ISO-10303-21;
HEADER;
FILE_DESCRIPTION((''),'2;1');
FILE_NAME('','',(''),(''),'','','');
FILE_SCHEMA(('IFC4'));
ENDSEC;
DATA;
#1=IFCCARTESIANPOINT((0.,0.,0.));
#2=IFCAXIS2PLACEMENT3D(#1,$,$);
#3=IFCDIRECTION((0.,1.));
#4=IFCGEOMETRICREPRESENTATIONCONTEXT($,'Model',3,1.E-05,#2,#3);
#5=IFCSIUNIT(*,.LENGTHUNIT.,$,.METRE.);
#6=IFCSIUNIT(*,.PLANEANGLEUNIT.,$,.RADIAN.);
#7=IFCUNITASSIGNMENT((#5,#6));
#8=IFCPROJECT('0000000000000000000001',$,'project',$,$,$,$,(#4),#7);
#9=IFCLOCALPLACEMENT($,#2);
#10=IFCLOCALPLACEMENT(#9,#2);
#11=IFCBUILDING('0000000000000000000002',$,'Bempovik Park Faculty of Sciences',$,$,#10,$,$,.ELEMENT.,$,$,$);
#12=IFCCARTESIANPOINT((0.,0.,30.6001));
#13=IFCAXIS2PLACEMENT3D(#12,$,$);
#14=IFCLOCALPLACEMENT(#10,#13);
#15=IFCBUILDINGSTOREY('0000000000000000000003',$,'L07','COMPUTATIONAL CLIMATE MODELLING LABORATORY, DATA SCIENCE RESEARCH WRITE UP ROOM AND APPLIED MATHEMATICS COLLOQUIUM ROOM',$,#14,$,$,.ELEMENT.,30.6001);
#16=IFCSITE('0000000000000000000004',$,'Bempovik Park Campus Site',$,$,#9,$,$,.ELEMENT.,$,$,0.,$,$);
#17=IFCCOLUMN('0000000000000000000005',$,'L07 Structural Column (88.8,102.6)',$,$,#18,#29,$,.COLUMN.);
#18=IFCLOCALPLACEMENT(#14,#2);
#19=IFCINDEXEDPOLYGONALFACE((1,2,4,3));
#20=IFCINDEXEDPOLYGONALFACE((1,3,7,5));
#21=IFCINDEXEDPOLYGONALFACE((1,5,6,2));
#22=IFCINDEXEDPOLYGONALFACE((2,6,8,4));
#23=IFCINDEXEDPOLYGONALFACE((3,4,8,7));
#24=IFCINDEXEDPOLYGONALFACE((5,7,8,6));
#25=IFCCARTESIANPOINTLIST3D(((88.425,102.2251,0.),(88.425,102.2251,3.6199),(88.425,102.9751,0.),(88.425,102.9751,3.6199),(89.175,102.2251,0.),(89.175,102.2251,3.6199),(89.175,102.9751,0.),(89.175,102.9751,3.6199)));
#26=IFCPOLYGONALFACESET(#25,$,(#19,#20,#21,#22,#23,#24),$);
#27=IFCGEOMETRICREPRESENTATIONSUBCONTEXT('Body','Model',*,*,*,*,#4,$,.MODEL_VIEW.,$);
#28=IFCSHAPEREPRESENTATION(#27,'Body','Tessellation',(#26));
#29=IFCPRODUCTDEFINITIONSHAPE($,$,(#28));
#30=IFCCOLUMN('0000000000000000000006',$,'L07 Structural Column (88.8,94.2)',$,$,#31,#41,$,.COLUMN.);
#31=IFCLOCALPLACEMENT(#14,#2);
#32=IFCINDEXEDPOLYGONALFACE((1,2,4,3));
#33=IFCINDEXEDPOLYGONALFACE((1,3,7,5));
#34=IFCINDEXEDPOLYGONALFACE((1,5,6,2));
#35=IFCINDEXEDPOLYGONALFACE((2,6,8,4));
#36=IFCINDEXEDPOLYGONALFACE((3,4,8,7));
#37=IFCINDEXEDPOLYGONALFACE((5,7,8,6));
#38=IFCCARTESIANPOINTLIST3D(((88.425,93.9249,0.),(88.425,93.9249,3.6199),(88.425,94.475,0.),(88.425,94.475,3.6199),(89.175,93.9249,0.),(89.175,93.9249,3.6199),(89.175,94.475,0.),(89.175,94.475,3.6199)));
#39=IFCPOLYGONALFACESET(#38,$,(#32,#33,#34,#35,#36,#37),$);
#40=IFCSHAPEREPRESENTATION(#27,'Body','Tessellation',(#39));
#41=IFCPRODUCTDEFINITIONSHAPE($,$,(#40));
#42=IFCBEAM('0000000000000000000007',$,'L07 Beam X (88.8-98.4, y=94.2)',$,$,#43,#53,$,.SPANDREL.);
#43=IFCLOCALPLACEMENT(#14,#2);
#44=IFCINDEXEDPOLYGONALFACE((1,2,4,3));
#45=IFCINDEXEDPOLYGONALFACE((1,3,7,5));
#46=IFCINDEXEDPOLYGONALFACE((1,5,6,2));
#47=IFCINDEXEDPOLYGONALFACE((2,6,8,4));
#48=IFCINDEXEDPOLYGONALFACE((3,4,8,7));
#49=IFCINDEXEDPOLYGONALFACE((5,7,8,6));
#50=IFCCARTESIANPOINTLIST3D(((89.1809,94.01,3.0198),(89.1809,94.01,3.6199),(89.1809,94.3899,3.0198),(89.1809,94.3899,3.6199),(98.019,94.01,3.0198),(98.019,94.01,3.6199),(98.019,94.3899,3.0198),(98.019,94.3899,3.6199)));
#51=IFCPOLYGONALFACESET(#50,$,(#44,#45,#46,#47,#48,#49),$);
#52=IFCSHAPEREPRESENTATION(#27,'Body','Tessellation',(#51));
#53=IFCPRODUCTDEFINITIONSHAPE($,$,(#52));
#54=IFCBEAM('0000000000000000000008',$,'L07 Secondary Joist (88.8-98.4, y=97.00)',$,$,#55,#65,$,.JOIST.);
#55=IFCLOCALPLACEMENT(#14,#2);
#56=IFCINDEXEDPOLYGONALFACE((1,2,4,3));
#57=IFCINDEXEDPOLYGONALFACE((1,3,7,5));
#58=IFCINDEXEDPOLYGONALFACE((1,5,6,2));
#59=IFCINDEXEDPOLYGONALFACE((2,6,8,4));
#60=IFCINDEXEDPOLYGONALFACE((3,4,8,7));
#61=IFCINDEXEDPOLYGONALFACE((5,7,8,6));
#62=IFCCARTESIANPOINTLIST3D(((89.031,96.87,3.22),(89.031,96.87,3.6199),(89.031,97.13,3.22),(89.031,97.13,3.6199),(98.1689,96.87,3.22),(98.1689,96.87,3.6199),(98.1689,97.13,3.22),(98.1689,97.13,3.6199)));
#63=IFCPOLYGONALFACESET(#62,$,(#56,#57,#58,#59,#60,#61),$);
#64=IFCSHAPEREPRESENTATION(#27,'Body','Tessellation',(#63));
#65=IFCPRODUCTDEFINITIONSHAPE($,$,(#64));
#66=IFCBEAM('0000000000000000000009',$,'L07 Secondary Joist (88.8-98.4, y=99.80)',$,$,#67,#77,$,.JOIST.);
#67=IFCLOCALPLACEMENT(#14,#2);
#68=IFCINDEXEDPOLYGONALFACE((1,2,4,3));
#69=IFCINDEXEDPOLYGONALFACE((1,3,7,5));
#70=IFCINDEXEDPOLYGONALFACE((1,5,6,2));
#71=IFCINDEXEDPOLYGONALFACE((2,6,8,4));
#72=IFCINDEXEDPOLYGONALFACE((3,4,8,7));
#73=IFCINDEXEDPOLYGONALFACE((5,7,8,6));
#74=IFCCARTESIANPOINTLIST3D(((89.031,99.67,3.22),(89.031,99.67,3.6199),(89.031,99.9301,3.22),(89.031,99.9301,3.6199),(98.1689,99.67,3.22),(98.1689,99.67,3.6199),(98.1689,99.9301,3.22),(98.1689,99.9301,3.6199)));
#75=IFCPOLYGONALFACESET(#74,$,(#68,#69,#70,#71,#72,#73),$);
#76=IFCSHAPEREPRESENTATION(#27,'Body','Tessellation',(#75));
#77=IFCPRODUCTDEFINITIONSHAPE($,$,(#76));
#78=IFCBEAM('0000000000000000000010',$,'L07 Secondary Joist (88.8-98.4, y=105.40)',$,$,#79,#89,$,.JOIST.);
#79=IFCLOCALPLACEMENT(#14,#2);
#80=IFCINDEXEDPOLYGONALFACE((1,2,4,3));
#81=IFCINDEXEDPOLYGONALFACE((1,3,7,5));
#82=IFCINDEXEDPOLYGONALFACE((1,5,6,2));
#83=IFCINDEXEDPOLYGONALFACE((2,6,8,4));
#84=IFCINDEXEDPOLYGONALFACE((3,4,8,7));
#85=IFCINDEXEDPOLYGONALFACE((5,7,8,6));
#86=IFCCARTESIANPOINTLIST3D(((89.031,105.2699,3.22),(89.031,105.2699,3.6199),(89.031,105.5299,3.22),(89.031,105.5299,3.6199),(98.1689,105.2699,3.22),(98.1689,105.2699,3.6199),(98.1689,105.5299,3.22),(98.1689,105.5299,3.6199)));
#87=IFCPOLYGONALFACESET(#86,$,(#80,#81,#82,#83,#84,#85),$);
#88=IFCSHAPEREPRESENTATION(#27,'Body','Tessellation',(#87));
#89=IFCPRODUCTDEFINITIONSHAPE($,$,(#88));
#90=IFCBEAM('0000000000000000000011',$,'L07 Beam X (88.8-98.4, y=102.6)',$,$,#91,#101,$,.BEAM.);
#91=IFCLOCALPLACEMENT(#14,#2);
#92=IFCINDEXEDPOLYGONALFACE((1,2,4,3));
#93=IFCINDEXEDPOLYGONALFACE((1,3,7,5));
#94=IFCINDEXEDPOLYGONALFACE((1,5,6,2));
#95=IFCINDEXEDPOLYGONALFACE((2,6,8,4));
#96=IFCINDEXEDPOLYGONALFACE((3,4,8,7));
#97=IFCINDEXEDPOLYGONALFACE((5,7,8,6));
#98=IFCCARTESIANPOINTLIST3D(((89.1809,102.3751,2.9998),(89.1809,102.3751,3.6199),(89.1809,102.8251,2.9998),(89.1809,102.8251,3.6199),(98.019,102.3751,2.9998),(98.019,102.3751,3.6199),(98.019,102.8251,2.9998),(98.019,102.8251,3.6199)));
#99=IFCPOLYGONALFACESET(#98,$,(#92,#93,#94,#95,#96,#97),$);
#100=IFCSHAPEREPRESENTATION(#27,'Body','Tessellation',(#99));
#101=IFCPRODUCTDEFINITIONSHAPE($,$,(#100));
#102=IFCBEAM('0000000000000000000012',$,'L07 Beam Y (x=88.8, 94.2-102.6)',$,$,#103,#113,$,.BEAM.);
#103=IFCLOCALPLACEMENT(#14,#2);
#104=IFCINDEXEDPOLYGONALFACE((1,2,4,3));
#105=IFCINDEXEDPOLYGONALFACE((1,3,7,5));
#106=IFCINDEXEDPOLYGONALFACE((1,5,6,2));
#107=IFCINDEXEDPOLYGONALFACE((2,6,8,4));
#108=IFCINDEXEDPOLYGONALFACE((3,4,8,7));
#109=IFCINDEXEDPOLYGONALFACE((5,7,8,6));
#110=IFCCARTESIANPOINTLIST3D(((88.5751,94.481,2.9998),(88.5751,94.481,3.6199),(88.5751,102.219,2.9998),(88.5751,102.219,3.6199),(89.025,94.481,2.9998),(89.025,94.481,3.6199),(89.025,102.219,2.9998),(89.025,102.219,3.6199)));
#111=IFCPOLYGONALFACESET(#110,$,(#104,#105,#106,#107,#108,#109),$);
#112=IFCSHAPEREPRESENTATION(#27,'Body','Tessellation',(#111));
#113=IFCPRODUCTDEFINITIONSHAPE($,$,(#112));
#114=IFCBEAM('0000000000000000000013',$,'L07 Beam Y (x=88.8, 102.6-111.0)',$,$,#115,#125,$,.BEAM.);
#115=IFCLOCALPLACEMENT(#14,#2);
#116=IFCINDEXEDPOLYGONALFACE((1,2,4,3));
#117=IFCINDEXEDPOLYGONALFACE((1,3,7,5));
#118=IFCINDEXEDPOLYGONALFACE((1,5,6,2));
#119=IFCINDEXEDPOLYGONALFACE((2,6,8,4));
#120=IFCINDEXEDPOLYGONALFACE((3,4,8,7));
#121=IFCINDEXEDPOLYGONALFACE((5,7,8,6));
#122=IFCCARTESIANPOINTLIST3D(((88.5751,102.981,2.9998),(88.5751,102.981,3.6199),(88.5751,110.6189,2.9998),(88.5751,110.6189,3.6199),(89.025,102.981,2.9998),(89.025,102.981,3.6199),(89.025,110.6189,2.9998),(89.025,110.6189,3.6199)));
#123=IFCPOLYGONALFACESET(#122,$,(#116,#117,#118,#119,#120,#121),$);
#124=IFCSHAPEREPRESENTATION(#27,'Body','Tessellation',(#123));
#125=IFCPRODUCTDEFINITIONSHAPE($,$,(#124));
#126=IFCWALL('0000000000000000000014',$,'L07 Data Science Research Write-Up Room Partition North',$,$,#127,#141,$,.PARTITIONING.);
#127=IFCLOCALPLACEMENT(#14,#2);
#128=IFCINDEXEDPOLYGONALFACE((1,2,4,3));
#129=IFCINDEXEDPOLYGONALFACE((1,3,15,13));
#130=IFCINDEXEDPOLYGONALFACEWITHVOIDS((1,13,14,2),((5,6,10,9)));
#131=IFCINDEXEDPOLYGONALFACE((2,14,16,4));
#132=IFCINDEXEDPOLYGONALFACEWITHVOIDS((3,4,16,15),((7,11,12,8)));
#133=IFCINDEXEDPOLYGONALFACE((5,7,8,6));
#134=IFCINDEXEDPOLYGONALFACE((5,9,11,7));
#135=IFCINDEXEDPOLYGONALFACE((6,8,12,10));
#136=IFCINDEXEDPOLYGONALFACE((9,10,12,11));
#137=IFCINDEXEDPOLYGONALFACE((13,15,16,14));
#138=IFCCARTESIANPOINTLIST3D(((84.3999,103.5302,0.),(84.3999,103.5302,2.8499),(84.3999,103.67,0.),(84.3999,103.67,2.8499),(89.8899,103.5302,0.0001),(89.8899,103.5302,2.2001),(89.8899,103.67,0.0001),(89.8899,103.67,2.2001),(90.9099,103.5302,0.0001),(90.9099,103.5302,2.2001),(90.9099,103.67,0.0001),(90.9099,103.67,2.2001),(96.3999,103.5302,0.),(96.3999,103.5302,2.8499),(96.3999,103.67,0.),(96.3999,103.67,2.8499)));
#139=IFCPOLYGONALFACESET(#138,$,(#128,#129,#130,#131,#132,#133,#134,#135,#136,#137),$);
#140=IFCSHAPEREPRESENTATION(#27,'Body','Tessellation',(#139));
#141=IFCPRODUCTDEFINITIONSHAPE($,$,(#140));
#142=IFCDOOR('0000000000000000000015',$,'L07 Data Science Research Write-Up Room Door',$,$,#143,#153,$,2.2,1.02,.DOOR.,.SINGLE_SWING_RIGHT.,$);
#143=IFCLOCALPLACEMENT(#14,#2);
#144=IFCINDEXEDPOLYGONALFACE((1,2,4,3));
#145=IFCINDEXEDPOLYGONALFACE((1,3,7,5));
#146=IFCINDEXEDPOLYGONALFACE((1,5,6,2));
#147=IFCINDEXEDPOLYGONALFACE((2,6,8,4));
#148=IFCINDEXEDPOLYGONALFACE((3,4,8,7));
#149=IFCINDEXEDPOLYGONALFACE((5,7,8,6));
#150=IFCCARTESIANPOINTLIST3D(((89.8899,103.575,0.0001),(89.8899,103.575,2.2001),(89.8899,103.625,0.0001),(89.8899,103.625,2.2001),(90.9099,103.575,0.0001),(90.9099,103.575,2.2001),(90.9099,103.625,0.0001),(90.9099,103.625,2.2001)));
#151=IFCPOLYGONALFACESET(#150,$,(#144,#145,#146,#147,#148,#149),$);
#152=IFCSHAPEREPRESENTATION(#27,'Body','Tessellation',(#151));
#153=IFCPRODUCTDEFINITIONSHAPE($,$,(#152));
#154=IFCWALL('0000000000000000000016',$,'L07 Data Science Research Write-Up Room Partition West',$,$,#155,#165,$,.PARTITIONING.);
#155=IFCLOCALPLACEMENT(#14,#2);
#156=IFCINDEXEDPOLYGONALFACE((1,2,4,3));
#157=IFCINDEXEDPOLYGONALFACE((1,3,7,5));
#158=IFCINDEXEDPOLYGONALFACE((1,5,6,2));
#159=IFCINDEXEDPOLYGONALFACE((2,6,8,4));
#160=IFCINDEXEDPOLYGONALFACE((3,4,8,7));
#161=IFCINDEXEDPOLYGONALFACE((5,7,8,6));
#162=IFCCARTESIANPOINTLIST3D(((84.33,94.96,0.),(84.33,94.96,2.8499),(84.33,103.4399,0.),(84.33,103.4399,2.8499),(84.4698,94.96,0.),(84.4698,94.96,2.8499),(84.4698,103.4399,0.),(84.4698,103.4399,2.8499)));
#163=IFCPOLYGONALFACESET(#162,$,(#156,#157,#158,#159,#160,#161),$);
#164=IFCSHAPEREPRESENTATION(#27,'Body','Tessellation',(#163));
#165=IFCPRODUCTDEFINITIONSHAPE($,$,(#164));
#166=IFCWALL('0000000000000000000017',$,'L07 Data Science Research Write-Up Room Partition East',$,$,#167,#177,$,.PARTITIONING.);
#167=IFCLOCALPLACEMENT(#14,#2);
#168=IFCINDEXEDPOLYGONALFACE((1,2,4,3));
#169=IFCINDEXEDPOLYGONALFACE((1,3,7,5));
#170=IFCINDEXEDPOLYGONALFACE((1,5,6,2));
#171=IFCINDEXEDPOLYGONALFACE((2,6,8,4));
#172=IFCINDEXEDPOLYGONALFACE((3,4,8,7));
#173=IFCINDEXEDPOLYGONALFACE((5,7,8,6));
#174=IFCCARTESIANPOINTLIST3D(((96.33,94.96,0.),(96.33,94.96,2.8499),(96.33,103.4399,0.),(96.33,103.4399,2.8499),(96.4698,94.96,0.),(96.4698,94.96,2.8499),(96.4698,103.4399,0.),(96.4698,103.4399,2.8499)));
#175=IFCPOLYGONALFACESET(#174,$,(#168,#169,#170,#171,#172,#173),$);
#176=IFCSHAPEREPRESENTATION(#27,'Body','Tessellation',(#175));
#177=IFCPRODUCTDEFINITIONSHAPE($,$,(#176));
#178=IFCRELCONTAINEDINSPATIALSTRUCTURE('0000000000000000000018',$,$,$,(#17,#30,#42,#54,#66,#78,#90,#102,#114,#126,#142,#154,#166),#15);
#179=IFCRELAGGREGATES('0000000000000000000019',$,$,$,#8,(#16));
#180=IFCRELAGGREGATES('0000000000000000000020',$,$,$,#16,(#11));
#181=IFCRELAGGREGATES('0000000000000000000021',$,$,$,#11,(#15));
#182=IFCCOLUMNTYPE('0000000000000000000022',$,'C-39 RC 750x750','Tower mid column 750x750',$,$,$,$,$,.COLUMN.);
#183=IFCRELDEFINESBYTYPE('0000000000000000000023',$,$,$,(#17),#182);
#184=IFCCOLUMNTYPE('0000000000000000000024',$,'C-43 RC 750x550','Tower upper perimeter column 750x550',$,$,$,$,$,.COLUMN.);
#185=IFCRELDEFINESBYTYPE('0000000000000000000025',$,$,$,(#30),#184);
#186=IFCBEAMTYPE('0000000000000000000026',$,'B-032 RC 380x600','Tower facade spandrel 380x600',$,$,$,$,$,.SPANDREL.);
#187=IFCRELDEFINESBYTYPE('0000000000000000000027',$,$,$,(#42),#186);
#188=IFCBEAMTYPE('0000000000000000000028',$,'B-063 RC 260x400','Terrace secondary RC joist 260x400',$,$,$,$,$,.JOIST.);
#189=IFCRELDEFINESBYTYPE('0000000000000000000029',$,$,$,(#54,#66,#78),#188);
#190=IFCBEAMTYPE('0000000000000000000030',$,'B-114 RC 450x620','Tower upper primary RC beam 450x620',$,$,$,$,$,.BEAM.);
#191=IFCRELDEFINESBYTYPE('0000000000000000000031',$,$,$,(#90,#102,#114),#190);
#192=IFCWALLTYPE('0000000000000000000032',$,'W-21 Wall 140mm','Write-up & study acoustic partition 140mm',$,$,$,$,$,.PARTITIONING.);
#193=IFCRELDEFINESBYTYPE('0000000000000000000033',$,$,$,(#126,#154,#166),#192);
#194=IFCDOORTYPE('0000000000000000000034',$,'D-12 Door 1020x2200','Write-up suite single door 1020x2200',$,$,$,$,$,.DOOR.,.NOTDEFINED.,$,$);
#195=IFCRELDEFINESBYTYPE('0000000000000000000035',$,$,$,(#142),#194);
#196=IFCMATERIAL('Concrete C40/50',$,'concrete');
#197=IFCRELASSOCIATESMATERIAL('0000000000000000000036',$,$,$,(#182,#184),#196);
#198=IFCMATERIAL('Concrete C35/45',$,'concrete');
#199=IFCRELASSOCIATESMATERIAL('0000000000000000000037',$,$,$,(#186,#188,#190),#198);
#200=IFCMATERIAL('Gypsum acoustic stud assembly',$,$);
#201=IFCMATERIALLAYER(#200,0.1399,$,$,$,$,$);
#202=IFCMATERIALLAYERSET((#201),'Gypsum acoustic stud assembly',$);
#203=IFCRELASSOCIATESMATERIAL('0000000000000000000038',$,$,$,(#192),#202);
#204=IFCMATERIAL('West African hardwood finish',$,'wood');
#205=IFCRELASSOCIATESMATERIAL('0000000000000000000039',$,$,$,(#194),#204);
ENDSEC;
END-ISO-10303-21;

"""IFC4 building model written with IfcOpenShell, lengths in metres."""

from ifc_helpers import new_model, si_unit, direction, frame, frame_2d, origin, origin_2d, place, context, subcontext, project, spatial, rectangle, extrude, material, layer, layer_set, material_profile, profile_set, type_object, element, fill, save


model = new_model("IFC4")

# Units and contexts
model_context = context("Model", 3, precision=1e-05, world=origin(), true_north=direction((0.0, 1.0)))
body_context = subcontext(model_context, "Body", "Model", "MODEL_VIEW")
ifc_project = project(units=[si_unit("LENGTHUNIT", "METRE"), si_unit("PLANEANGLEUNIT", "RADIAN")], contexts=[model_context])

# Site, building, storey
site_placement = place(None, origin())
site = spatial("IfcSite", under=ifc_project, at=site_placement, Name="Bempovik Park Campus Site", CompositionType="ELEMENT", RefElevation=0.0)
building_placement = place(site_placement, origin())
building = spatial("IfcBuilding", under=site, at=building_placement, Name="Bempovik Park Faculty of Sciences", CompositionType="ELEMENT")
storey_placement = place(building_placement, frame((0.0, 0.0, 30.6001)))
storey = spatial("IfcBuildingStorey", under=building, at=storey_placement, Name="L07", Description="COMPUTATIONAL CLIMATE MODELLING LABORATORY, DATA SCIENCE RESEARCH WRITE UP ROOM AND APPLIED MATHEMATICS COLLOQUIUM ROOM", CompositionType="ELEMENT", Elevation=30.6001)

# Columns
ifc_material_1 = material(Name="Concrete C40/50", Category="concrete")
ifc_material_profile_1 = material_profile(ifc_material_1, rectangle(XDim=0.75, YDim=0.75, at=origin_2d()), Name="RC 750x750")
ifc_profile_set_1 = profile_set([ifc_material_profile_1], Name="Concrete C40/50")
column_type_1 = type_object("IfcColumnType", Name="C-39 RC 750x750", Description="Tower mid column 750x750", PredefinedType="COLUMN", material=ifc_profile_set_1)
column_1_placement = place(storey_placement, frame((88.8, 102.6001, 0.0), z_axis=(0.0, 0.0, 1.0), x_axis=(1.0, 0.0, 0.0)))
element("IfcColumn", 1, at=column_1_placement, inside=storey, type_object=column_type_1, Name="L07 Structural Column (88.8,102.6)", PredefinedType="COLUMN", context=body_context, shape_type="SweptSolid", body=[
    extrude(rectangle(XDim=0.75, YDim=0.75, at=origin_2d()), origin(), (0.0, 0.0, 1.0), 3.6199),
])
ifc_material_profile_2 = material_profile(ifc_material_1, rectangle(XDim=0.75, YDim=0.55, at=origin_2d()), Name="RC 750x550")
ifc_profile_set_2 = profile_set([ifc_material_profile_2], Name="Concrete C40/50")
column_type_2 = type_object("IfcColumnType", Name="C-43 RC 750x550", Description="Tower upper perimeter column 750x550", PredefinedType="COLUMN", material=ifc_profile_set_2)
column_2_placement = place(storey_placement, frame((88.8, 94.2, 0.0), z_axis=(0.0, 0.0, 1.0), x_axis=(1.0, 0.0, 0.0)))
element("IfcColumn", 2, at=column_2_placement, inside=storey, type_object=column_type_2, Name="L07 Structural Column (88.8,94.2)", PredefinedType="COLUMN", context=body_context, shape_type="SweptSolid", body=[
    extrude(rectangle(XDim=0.75, YDim=0.55, at=origin_2d()), origin(), (0.0, 0.0, 1.0), 3.6199),
])

# Beams
ifc_material_2 = material(Name="Concrete C35/45", Category="concrete")
ifc_material_profile_3 = material_profile(ifc_material_2, rectangle(XDim=0.3799, YDim=0.6001, at=origin_2d()), Name="RC 380x600")
ifc_profile_set_3 = profile_set([ifc_material_profile_3], Name="Concrete C35/45")
beam_type_1 = type_object("IfcBeamType", Name="B-032 RC 380x600", Description="Tower facade spandrel 380x600", PredefinedType="SPANDREL", material=ifc_profile_set_3)
beam_1_placement = place(storey_placement, frame((89.1809, 94.2, 3.3198), z_axis=(1.0, 0.0, 0.0), x_axis=(0.0, 1.0, 0.0)))
element("IfcBeam", 3, at=beam_1_placement, inside=storey, type_object=beam_type_1, Name="L07 Beam X (88.8-98.4, y=94.2)", PredefinedType="SPANDREL", context=body_context, shape_type="SweptSolid", body=[
    extrude(rectangle(XDim=0.3799, YDim=0.6001, at=origin_2d()), origin(), (0.0, 0.0, 1.0), 8.8381),
])
ifc_material_profile_4 = material_profile(ifc_material_2, rectangle(XDim=0.26, YDim=0.3999, at=origin_2d()), Name="RC 260x400")
ifc_profile_set_4 = profile_set([ifc_material_profile_4], Name="Concrete C35/45")
beam_type_2 = type_object("IfcBeamType", Name="B-063 RC 260x400", Description="Terrace secondary RC joist 260x400", PredefinedType="JOIST", material=ifc_profile_set_4)
for number, where, z_axis, x_axis, name in (
    (4, (89.031, 97.0, 3.4199), (1.0, 0.0, 0.0), (0.0, 1.0, 0.0), "L07 Secondary Joist (88.8-98.4, y=97.00)"),
    (5, (89.031, 99.8, 3.4199), (1.0, 0.0, 0.0), (0.0, 1.0, 0.0), "L07 Secondary Joist (88.8-98.4, y=99.80)"),
    (6, (89.031, 105.3999, 3.4199), (1.0, 0.0, 0.0), (0.0, 1.0, 0.0), "L07 Secondary Joist (88.8-98.4, y=105.40)"),
):
    element("IfcBeam", number, at=place(storey_placement, frame(where, z_axis=z_axis, x_axis=x_axis)), inside=storey, type_object=beam_type_2, Name=name, PredefinedType="JOIST", context=body_context, shape_type="SweptSolid", body=[
        extrude(rectangle(XDim=0.26, YDim=0.3999, at=origin_2d()), origin(), (0.0, 0.0, 1.0), 9.1379),
    ])
ifc_material_profile_5 = material_profile(ifc_material_2, rectangle(XDim=0.45, YDim=0.6201, at=origin_2d()), Name="RC 450x620")
ifc_profile_set_5 = profile_set([ifc_material_profile_5], Name="Concrete C35/45")
beam_type_3 = type_object("IfcBeamType", Name="B-114 RC 450x620", Description="Tower upper primary RC beam 450x620", PredefinedType="BEAM", material=ifc_profile_set_5)
beam_2_placement = place(storey_placement, frame((89.1809, 102.6001, 3.3098), z_axis=(1.0, 0.0, 0.0), x_axis=(0.0, 1.0, 0.0)))
element("IfcBeam", 7, at=beam_2_placement, inside=storey, type_object=beam_type_3, Name="L07 Beam X (88.8-98.4, y=102.6)", PredefinedType="BEAM", context=body_context, shape_type="SweptSolid", body=[
    extrude(rectangle(XDim=0.45, YDim=0.6201, at=origin_2d()), origin(), (0.0, 0.0, 1.0), 8.8381),
])
beam_3_placement = place(storey_placement, frame((88.8, 94.481, 3.3098), z_axis=(0.0, 1.0, 0.0), x_axis=(-1.0, 0.0, 0.0)))
element("IfcBeam", 8, at=beam_3_placement, inside=storey, type_object=beam_type_3, Name="L07 Beam Y (x=88.8, 94.2-102.6)", PredefinedType="BEAM", context=body_context, shape_type="SweptSolid", body=[
    extrude(rectangle(XDim=0.45, YDim=0.6201, at=origin_2d()), origin(), (0.0, 0.0, 1.0), 7.738),
])
beam_4_placement = place(storey_placement, frame((88.8, 102.981, 3.3098), z_axis=(0.0, 1.0, 0.0), x_axis=(-1.0, 0.0, 0.0)))
element("IfcBeam", 9, at=beam_4_placement, inside=storey, type_object=beam_type_3, Name="L07 Beam Y (x=88.8, 102.6-111.0)", PredefinedType="BEAM", context=body_context, shape_type="SweptSolid", body=[
    extrude(rectangle(XDim=0.45, YDim=0.6201, at=origin_2d()), origin(), (0.0, 0.0, 1.0), 7.6379),
])

# Wall, opening, door
ifc_material_3 = material(Name="Gypsum acoustic stud assembly")
ifc_layer_1 = layer(ifc_material_3, 0.1399)
ifc_layer_set_1 = layer_set([ifc_layer_1], Name="Gypsum acoustic stud assembly")
wall_type_1 = type_object("IfcWallType", Name="W-21 Wall 140mm", Description="Write-up & study acoustic partition 140mm", PredefinedType="PARTITIONING", material=ifc_layer_set_1)
wall_1_placement = place(storey_placement, frame((84.3999, 103.6001, 0.0), z_axis=(0.0, 0.0, 1.0), x_axis=(1.0, 0.0, 0.0)))
wall_1 = element("IfcWall", 10, at=wall_1_placement, inside=storey, type_object=wall_type_1, Name="L07 Data Science Research Write-Up Room Partition North", PredefinedType="PARTITIONING", context=body_context, shape_type="SweptSolid", body=[
    extrude(rectangle(XDim=12.0, YDim=0.1399, at=frame_2d((6.0, 0.0))), origin(), (0.0, 0.0, 1.0), 2.8499),
])
opening_1_placement = place(wall_1_placement, frame((5.49, 0.0, 0.0)))
opening_1 = element("IfcOpeningElement", 11, at=opening_1_placement, cuts=wall_1, PredefinedType="OPENING", context=body_context, shape_type="SweptSolid", body=[
    extrude(rectangle(XDim=1.02, YDim=2.2, at=frame_2d((0.51, 1.1001))), frame((0.0, 0.0801, 0.0), z_axis=(0.0, -1.0, 0.0), x_axis=(1.0, 0.0, 0.0)), (0.0, 0.0, 1.0), 0.1599),
])
ifc_material_4 = material(Name="West African hardwood finish", Category="wood")
door_type = type_object("IfcDoorType", Name="D-12 Door 1020x2200", Description="Write-up suite single door 1020x2200", OperationType="NOTDEFINED", PredefinedType="DOOR", material=ifc_material_4)
door_placement = place(opening_1_placement, origin())
door = element("IfcDoor", 12, at=door_placement, inside=storey, type_object=door_type, Name="L07 Data Science Research Write-Up Room Door", OperationType="SINGLE_SWING_RIGHT", OverallHeight=2.2, OverallWidth=1.02, PredefinedType="DOOR", context=body_context, shape_type="SweptSolid", body=[
    extrude(rectangle(XDim=1.02, YDim=2.2, at=frame_2d((0.51, 1.1001))), frame((0.0, 0.0249, 0.0), z_axis=(0.0, -1.0, 0.0), x_axis=(1.0, 0.0, 0.0)), (0.0, 0.0, 1.0), 0.05),
])
fill(opening_1, door)

# Walls
for number, where, z_axis, x_axis, name in (
    (13, (84.3999, 94.96, 0.0), (0.0, 0.0, 1.0), (0.0, 1.0, 0.0), "L07 Data Science Research Write-Up Room Partition West"),
    (14, (96.3999, 94.96, 0.0), (0.0, 0.0, 1.0), (0.0, 1.0, 0.0), "L07 Data Science Research Write-Up Room Partition East"),
):
    element("IfcWall", number, at=place(storey_placement, frame(where, z_axis=z_axis, x_axis=x_axis)), inside=storey, type_object=wall_type_1, Name=name, PredefinedType="PARTITIONING", context=body_context, shape_type="SweptSolid", body=[
        extrude(rectangle(XDim=8.48, YDim=0.1399, at=frame_2d((4.24, 0.0))), origin(), (0.0, 0.0, 1.0), 2.8499),
    ])

save(model, "model.ifc")
